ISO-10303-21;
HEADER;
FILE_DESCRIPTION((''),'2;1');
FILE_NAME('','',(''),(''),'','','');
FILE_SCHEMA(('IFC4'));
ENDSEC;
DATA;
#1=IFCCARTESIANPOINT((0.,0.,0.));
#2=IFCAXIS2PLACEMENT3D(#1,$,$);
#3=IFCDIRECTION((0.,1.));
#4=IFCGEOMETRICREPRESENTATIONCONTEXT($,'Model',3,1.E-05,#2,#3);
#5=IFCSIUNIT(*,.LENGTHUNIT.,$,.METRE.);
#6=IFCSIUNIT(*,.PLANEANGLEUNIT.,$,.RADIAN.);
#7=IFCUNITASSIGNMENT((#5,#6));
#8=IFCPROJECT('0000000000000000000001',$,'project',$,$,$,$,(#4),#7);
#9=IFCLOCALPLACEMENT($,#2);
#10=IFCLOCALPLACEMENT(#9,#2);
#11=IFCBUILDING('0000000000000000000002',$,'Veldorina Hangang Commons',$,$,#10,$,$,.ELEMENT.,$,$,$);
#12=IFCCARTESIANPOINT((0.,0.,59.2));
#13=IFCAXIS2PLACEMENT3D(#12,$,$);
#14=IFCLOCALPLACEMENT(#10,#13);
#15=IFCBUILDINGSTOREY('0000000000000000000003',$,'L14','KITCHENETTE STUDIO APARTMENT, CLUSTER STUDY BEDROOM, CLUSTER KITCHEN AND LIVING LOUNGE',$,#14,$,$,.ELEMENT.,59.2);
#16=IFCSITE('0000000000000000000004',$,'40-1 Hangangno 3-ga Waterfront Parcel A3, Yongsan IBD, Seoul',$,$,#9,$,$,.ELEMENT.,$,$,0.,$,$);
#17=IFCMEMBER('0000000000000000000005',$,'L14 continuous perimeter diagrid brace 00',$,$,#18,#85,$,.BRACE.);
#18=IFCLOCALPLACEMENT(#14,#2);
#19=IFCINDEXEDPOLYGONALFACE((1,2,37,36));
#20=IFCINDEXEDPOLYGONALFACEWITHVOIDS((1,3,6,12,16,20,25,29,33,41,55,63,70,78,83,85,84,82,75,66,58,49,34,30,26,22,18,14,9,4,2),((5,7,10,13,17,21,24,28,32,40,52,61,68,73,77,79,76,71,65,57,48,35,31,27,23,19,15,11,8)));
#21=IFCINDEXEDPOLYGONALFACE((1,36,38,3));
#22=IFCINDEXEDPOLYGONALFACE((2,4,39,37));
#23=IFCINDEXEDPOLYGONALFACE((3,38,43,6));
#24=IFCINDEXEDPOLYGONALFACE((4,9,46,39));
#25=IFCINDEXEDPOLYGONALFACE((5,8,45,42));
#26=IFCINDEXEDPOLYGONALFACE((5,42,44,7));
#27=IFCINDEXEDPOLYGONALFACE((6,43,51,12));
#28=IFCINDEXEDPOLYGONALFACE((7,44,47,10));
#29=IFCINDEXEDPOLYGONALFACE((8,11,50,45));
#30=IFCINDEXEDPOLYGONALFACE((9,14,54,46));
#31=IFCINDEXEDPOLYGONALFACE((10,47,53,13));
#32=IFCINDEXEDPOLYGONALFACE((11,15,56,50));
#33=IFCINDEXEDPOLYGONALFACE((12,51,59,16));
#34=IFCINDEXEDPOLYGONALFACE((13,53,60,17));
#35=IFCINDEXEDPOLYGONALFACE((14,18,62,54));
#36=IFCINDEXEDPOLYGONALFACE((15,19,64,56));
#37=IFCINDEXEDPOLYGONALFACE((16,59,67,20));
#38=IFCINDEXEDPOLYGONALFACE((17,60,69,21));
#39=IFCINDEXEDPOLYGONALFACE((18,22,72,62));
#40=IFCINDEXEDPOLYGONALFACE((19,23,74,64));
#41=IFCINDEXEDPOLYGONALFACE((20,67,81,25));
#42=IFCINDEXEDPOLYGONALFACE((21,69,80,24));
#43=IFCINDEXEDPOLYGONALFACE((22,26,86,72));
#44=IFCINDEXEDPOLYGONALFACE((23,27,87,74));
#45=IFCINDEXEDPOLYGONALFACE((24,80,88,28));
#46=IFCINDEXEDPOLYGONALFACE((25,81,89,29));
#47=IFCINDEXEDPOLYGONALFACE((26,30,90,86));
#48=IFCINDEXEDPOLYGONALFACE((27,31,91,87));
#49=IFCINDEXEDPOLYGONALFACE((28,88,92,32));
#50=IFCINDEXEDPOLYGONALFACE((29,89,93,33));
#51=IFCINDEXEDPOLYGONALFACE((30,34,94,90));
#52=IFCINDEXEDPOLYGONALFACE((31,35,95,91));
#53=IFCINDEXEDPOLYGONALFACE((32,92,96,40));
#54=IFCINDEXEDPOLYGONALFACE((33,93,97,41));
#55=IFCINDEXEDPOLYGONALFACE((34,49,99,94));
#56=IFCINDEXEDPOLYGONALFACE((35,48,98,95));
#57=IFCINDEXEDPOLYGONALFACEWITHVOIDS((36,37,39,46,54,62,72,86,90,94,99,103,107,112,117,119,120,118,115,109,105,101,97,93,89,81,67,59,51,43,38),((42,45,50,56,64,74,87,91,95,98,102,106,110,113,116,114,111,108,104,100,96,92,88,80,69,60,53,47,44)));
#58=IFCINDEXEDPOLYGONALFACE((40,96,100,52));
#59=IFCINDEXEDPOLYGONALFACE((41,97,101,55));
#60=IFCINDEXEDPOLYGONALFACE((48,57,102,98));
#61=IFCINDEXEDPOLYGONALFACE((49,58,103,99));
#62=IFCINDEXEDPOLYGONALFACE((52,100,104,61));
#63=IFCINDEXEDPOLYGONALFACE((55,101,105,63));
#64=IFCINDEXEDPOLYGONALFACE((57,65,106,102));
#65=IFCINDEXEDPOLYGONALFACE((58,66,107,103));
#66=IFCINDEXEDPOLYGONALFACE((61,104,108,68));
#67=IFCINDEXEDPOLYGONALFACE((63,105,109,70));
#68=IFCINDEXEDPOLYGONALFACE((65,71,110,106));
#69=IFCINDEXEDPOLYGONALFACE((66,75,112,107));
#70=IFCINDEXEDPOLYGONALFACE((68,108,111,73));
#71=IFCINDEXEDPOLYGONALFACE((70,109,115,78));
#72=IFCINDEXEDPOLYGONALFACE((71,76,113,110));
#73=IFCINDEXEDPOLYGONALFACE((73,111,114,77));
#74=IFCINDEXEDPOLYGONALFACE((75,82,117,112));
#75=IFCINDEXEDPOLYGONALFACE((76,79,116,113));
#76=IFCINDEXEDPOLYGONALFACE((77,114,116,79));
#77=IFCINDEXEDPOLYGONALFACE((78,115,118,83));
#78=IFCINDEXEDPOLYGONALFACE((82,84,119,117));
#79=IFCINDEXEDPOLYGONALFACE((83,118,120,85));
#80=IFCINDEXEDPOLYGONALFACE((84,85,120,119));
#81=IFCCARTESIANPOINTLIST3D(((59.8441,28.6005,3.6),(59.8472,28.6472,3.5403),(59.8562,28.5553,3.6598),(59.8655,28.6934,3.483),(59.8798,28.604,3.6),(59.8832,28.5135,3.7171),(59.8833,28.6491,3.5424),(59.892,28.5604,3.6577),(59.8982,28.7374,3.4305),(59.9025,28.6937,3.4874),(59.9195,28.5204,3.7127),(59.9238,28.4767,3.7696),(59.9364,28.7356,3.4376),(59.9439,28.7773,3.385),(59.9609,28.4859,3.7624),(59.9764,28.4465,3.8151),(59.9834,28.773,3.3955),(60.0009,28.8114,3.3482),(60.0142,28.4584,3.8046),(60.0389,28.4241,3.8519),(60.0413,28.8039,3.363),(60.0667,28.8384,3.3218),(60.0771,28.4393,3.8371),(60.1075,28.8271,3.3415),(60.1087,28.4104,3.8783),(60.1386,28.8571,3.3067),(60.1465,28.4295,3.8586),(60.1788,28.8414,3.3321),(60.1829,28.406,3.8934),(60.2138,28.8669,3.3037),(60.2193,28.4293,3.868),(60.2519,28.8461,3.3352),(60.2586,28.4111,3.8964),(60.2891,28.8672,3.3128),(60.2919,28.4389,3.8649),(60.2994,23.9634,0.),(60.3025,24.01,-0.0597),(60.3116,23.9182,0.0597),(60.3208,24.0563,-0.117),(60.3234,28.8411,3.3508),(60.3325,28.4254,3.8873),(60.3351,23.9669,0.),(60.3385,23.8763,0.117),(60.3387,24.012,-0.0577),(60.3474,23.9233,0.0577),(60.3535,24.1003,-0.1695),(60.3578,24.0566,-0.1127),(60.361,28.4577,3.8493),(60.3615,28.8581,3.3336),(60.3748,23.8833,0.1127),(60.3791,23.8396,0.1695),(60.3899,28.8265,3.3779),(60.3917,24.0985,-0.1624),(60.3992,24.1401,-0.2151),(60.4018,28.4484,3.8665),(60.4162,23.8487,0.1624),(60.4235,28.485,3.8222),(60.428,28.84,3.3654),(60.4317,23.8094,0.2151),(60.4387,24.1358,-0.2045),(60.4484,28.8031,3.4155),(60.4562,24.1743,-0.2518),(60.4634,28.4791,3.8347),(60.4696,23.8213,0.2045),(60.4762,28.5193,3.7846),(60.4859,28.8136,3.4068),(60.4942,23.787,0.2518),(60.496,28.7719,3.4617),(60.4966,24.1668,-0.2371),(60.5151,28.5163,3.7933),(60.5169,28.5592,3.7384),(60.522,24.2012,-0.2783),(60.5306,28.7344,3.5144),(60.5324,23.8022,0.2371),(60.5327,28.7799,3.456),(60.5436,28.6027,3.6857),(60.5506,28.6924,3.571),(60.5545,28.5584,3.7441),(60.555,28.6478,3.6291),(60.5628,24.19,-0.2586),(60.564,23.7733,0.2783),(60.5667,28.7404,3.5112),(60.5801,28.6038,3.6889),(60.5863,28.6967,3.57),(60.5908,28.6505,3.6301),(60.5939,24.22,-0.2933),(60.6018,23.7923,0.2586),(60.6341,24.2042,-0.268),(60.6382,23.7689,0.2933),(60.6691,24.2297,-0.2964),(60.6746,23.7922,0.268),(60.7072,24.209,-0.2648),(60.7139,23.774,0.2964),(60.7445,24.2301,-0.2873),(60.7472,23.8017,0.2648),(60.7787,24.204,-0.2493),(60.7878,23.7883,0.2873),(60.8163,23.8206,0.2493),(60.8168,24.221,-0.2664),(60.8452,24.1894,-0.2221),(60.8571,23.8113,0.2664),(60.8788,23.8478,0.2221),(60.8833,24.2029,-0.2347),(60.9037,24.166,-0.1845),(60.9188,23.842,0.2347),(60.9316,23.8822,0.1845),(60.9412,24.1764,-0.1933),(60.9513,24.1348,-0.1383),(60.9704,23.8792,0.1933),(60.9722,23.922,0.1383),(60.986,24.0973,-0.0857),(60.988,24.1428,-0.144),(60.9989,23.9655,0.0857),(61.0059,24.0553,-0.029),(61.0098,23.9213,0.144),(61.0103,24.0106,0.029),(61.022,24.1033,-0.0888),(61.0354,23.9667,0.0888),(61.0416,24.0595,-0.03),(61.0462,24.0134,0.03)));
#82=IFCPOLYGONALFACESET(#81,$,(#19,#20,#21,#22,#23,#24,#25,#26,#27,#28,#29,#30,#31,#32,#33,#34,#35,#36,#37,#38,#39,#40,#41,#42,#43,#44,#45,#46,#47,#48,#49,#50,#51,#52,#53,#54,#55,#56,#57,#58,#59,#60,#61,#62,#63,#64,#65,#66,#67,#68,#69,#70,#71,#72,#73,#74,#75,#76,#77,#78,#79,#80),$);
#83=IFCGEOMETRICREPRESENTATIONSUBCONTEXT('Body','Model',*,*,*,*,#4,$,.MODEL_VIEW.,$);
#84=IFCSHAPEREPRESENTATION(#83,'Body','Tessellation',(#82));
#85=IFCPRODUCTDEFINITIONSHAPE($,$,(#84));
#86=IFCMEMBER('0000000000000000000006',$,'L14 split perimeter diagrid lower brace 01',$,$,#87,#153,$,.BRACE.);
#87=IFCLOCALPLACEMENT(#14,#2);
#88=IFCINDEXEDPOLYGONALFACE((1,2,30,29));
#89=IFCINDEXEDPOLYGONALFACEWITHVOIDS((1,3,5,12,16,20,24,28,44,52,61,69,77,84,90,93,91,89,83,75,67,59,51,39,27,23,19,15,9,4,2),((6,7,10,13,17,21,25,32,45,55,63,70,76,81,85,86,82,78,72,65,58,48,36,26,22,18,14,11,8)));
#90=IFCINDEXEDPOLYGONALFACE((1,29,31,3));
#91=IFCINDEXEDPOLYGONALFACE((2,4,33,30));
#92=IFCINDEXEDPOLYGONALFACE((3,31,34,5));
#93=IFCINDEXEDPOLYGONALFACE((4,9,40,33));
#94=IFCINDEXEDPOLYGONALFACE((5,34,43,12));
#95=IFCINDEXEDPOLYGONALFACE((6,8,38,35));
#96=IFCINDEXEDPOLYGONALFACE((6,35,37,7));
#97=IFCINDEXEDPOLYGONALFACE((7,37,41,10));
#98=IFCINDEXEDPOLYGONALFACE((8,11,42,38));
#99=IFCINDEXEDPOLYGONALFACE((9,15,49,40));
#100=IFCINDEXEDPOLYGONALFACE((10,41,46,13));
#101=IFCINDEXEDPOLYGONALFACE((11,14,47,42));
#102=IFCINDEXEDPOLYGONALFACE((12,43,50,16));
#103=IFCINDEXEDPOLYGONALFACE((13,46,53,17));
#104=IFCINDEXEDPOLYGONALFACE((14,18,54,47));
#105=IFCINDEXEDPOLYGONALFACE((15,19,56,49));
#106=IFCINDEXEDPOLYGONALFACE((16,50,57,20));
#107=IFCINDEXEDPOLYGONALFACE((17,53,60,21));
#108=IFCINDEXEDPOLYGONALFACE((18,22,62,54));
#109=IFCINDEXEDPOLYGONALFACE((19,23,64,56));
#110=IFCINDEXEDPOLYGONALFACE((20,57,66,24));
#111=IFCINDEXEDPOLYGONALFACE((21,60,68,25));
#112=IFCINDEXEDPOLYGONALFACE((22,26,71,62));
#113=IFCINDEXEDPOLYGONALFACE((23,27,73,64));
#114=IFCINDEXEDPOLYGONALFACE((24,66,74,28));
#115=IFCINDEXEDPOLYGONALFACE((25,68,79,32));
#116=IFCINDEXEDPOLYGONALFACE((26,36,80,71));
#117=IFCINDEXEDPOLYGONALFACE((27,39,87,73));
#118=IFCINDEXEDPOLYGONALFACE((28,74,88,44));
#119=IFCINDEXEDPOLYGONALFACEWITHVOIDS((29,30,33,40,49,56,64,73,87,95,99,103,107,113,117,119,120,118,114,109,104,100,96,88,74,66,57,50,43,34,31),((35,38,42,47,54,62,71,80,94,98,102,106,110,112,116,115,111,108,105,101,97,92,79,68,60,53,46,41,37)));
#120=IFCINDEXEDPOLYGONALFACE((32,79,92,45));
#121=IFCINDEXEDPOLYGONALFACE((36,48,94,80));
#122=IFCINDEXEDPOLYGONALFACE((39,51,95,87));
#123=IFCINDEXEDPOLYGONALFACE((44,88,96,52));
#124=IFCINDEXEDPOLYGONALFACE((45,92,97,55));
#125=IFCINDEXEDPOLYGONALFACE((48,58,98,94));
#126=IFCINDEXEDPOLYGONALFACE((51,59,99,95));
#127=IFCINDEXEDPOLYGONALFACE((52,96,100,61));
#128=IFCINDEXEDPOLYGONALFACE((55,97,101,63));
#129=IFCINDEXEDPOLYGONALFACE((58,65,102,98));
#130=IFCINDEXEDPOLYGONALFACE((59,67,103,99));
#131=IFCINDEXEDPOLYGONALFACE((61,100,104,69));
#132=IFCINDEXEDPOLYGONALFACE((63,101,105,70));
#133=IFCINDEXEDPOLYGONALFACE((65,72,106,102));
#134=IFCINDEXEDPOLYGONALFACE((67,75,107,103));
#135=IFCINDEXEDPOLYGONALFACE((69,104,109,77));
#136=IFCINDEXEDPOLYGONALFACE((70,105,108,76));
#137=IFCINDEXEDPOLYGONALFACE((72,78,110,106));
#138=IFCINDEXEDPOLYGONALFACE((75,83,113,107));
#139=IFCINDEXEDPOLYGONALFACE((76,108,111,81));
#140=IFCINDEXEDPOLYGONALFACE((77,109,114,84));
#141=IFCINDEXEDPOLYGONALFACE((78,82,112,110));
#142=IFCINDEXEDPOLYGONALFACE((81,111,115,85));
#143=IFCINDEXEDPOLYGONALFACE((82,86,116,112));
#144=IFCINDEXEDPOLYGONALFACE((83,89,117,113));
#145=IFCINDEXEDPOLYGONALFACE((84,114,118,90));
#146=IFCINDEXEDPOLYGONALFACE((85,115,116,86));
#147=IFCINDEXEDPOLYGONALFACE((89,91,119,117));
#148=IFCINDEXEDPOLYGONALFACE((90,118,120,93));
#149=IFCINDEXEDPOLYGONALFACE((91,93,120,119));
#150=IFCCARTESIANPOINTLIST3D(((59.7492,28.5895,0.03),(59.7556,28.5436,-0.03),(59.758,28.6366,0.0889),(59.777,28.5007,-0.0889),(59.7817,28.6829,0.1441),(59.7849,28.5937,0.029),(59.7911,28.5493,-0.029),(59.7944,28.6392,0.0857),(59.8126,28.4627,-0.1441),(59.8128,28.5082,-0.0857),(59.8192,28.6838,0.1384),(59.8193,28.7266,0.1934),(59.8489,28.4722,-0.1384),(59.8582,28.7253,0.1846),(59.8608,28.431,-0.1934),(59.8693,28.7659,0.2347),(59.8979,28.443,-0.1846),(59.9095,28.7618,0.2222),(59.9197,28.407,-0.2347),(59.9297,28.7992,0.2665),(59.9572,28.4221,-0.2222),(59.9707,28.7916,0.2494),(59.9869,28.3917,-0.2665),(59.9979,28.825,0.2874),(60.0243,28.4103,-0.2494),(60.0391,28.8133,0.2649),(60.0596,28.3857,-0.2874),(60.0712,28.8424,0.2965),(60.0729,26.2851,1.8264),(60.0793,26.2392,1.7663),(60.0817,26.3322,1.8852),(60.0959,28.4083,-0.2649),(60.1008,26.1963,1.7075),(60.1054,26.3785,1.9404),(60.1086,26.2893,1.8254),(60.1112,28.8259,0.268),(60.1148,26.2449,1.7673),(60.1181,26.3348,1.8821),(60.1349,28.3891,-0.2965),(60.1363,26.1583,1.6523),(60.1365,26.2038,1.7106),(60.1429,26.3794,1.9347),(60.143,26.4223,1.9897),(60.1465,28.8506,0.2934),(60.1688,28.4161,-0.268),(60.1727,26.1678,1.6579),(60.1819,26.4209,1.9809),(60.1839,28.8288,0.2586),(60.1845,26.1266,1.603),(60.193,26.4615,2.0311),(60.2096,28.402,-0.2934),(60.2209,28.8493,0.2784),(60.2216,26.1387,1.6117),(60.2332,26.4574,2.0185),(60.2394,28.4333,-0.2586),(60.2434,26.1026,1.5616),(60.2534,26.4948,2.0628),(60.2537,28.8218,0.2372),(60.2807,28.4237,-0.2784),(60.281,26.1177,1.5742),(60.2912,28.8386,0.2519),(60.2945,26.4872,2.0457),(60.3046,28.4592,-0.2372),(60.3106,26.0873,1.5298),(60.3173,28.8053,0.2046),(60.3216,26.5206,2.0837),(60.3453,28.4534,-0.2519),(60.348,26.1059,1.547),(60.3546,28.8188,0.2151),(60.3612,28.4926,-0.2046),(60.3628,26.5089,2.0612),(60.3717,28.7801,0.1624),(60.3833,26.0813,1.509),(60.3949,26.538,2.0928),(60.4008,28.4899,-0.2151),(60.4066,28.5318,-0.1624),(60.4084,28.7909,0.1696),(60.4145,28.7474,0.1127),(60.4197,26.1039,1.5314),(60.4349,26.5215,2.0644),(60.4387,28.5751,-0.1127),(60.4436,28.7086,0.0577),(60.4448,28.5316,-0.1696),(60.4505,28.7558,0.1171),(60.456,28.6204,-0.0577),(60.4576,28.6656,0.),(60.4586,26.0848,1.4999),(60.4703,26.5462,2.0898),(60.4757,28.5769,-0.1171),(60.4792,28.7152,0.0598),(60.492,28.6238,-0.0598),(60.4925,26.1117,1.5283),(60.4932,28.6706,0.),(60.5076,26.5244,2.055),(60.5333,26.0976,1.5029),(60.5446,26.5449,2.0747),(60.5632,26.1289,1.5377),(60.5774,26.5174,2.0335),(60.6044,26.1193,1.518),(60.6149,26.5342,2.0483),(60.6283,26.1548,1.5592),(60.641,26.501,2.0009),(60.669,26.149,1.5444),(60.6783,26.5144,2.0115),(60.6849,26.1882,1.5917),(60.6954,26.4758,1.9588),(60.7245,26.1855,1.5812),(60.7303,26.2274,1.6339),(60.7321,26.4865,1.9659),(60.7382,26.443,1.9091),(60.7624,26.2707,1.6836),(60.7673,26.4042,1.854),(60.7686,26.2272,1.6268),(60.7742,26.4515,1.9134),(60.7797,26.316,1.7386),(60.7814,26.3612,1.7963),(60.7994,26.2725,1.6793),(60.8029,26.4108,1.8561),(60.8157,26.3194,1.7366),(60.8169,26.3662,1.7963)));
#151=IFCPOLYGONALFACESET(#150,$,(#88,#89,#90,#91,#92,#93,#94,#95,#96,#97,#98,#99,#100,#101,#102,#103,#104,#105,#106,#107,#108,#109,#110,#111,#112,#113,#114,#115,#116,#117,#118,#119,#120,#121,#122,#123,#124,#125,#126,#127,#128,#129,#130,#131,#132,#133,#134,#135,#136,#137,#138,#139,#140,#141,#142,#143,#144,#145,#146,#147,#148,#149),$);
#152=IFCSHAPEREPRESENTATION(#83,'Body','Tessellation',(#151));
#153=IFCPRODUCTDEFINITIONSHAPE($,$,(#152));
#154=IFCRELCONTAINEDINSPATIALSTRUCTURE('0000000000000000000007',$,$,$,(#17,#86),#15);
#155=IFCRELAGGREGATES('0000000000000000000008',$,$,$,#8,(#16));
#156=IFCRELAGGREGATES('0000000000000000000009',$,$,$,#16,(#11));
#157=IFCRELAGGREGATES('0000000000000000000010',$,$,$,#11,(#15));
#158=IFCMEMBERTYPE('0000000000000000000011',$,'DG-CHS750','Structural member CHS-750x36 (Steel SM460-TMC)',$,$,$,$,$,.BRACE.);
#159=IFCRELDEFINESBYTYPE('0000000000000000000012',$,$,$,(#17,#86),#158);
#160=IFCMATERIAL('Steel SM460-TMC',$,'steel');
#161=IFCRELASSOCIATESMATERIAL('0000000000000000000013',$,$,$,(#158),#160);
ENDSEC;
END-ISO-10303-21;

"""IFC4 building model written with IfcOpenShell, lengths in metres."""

from ifc_helpers import new_model, si_unit, direction, frame, origin, origin_2d, place, context, subcontext, project, spatial, hollow_circle, extrude, material, material_profile, profile_set, type_object, element, save


model = new_model("IFC4")

# Units and contexts
model_context = context("Model", 3, precision=1e-05, world=origin(), true_north=direction((0.0, 1.0)))
body_context = subcontext(model_context, "Body", "Model", "MODEL_VIEW")
ifc_project = project(units=[si_unit("LENGTHUNIT", "METRE"), si_unit("PLANEANGLEUNIT", "RADIAN")], contexts=[model_context])

# Site, building, storey
site_placement = place(None, origin())
site = spatial("IfcSite", under=ifc_project, at=site_placement, Name="40-1 Hangangno 3-ga Waterfront Parcel A3, Yongsan IBD, Seoul", CompositionType="ELEMENT", RefElevation=0.0)
building_placement = place(site_placement, origin())
building = spatial("IfcBuilding", under=site, at=building_placement, Name="Veldorina Hangang Commons", CompositionType="ELEMENT")
storey_placement = place(building_placement, frame((0.0, 0.0, 59.2)))
storey = spatial("IfcBuildingStorey", under=building, at=storey_placement, Name="L14", Description="KITCHENETTE STUDIO APARTMENT, CLUSTER STUDY BEDROOM, CLUSTER KITCHEN AND LIVING LOUNGE", CompositionType="ELEMENT", Elevation=59.2)

# Shared definitions
ifc_material_1 = material(Name="Steel SM460-TMC", Category="steel")

# Members
ifc_material_profile_1 = material_profile(ifc_material_1, hollow_circle(Radius=0.375, WallThickness=0.0359, at=origin_2d()), Name="CHS-750x36")
ifc_profile_set_1 = profile_set([ifc_material_profile_1], Name="Steel SM460-TMC")
member_type = type_object("IfcMemberType", Name="DG-CHS750", Description="Structural member CHS-750x36 (Steel SM460-TMC)", PredefinedType="BRACE", material=ifc_profile_set_1)
member_1_placement = place(storey_placement, frame((60.6726, 24.0, 0.0), z_axis=(-0.077327, 0.787533, 0.611402), x_axis=(-0.995214, -0.097719, 0.0)))
element("IfcMember", 1, at=member_1_placement, inside=storey, type_object=member_type, Name="L14 continuous perimeter diagrid brace 00", PredefinedType="BRACE", context=body_context, shape_type="SweptSolid", body=[
    extrude(hollow_circle(Radius=0.375, WallThickness=0.0359, at=origin_2d()), origin(), (0.0, 0.0, 1.0), 5.8882),
])
member_2_placement = place(storey_placement, frame((60.1218, 28.6184, 0.0), z_axis=(0.110121, -0.783885, 0.611063), x_axis=(0.990276, 0.139115, 0.0)))
element("IfcMember", 2, at=member_2_placement, inside=storey, type_object=member_type, Name="L14 split perimeter diagrid lower brace 01", PredefinedType="BRACE", context=body_context, shape_type="SweptSolid", body=[
    extrude(hollow_circle(Radius=0.375, WallThickness=0.0359, at=origin_2d()), origin(), (0.0, 0.0, 1.0), 2.9397),
])

save(model, "model.ifc")
